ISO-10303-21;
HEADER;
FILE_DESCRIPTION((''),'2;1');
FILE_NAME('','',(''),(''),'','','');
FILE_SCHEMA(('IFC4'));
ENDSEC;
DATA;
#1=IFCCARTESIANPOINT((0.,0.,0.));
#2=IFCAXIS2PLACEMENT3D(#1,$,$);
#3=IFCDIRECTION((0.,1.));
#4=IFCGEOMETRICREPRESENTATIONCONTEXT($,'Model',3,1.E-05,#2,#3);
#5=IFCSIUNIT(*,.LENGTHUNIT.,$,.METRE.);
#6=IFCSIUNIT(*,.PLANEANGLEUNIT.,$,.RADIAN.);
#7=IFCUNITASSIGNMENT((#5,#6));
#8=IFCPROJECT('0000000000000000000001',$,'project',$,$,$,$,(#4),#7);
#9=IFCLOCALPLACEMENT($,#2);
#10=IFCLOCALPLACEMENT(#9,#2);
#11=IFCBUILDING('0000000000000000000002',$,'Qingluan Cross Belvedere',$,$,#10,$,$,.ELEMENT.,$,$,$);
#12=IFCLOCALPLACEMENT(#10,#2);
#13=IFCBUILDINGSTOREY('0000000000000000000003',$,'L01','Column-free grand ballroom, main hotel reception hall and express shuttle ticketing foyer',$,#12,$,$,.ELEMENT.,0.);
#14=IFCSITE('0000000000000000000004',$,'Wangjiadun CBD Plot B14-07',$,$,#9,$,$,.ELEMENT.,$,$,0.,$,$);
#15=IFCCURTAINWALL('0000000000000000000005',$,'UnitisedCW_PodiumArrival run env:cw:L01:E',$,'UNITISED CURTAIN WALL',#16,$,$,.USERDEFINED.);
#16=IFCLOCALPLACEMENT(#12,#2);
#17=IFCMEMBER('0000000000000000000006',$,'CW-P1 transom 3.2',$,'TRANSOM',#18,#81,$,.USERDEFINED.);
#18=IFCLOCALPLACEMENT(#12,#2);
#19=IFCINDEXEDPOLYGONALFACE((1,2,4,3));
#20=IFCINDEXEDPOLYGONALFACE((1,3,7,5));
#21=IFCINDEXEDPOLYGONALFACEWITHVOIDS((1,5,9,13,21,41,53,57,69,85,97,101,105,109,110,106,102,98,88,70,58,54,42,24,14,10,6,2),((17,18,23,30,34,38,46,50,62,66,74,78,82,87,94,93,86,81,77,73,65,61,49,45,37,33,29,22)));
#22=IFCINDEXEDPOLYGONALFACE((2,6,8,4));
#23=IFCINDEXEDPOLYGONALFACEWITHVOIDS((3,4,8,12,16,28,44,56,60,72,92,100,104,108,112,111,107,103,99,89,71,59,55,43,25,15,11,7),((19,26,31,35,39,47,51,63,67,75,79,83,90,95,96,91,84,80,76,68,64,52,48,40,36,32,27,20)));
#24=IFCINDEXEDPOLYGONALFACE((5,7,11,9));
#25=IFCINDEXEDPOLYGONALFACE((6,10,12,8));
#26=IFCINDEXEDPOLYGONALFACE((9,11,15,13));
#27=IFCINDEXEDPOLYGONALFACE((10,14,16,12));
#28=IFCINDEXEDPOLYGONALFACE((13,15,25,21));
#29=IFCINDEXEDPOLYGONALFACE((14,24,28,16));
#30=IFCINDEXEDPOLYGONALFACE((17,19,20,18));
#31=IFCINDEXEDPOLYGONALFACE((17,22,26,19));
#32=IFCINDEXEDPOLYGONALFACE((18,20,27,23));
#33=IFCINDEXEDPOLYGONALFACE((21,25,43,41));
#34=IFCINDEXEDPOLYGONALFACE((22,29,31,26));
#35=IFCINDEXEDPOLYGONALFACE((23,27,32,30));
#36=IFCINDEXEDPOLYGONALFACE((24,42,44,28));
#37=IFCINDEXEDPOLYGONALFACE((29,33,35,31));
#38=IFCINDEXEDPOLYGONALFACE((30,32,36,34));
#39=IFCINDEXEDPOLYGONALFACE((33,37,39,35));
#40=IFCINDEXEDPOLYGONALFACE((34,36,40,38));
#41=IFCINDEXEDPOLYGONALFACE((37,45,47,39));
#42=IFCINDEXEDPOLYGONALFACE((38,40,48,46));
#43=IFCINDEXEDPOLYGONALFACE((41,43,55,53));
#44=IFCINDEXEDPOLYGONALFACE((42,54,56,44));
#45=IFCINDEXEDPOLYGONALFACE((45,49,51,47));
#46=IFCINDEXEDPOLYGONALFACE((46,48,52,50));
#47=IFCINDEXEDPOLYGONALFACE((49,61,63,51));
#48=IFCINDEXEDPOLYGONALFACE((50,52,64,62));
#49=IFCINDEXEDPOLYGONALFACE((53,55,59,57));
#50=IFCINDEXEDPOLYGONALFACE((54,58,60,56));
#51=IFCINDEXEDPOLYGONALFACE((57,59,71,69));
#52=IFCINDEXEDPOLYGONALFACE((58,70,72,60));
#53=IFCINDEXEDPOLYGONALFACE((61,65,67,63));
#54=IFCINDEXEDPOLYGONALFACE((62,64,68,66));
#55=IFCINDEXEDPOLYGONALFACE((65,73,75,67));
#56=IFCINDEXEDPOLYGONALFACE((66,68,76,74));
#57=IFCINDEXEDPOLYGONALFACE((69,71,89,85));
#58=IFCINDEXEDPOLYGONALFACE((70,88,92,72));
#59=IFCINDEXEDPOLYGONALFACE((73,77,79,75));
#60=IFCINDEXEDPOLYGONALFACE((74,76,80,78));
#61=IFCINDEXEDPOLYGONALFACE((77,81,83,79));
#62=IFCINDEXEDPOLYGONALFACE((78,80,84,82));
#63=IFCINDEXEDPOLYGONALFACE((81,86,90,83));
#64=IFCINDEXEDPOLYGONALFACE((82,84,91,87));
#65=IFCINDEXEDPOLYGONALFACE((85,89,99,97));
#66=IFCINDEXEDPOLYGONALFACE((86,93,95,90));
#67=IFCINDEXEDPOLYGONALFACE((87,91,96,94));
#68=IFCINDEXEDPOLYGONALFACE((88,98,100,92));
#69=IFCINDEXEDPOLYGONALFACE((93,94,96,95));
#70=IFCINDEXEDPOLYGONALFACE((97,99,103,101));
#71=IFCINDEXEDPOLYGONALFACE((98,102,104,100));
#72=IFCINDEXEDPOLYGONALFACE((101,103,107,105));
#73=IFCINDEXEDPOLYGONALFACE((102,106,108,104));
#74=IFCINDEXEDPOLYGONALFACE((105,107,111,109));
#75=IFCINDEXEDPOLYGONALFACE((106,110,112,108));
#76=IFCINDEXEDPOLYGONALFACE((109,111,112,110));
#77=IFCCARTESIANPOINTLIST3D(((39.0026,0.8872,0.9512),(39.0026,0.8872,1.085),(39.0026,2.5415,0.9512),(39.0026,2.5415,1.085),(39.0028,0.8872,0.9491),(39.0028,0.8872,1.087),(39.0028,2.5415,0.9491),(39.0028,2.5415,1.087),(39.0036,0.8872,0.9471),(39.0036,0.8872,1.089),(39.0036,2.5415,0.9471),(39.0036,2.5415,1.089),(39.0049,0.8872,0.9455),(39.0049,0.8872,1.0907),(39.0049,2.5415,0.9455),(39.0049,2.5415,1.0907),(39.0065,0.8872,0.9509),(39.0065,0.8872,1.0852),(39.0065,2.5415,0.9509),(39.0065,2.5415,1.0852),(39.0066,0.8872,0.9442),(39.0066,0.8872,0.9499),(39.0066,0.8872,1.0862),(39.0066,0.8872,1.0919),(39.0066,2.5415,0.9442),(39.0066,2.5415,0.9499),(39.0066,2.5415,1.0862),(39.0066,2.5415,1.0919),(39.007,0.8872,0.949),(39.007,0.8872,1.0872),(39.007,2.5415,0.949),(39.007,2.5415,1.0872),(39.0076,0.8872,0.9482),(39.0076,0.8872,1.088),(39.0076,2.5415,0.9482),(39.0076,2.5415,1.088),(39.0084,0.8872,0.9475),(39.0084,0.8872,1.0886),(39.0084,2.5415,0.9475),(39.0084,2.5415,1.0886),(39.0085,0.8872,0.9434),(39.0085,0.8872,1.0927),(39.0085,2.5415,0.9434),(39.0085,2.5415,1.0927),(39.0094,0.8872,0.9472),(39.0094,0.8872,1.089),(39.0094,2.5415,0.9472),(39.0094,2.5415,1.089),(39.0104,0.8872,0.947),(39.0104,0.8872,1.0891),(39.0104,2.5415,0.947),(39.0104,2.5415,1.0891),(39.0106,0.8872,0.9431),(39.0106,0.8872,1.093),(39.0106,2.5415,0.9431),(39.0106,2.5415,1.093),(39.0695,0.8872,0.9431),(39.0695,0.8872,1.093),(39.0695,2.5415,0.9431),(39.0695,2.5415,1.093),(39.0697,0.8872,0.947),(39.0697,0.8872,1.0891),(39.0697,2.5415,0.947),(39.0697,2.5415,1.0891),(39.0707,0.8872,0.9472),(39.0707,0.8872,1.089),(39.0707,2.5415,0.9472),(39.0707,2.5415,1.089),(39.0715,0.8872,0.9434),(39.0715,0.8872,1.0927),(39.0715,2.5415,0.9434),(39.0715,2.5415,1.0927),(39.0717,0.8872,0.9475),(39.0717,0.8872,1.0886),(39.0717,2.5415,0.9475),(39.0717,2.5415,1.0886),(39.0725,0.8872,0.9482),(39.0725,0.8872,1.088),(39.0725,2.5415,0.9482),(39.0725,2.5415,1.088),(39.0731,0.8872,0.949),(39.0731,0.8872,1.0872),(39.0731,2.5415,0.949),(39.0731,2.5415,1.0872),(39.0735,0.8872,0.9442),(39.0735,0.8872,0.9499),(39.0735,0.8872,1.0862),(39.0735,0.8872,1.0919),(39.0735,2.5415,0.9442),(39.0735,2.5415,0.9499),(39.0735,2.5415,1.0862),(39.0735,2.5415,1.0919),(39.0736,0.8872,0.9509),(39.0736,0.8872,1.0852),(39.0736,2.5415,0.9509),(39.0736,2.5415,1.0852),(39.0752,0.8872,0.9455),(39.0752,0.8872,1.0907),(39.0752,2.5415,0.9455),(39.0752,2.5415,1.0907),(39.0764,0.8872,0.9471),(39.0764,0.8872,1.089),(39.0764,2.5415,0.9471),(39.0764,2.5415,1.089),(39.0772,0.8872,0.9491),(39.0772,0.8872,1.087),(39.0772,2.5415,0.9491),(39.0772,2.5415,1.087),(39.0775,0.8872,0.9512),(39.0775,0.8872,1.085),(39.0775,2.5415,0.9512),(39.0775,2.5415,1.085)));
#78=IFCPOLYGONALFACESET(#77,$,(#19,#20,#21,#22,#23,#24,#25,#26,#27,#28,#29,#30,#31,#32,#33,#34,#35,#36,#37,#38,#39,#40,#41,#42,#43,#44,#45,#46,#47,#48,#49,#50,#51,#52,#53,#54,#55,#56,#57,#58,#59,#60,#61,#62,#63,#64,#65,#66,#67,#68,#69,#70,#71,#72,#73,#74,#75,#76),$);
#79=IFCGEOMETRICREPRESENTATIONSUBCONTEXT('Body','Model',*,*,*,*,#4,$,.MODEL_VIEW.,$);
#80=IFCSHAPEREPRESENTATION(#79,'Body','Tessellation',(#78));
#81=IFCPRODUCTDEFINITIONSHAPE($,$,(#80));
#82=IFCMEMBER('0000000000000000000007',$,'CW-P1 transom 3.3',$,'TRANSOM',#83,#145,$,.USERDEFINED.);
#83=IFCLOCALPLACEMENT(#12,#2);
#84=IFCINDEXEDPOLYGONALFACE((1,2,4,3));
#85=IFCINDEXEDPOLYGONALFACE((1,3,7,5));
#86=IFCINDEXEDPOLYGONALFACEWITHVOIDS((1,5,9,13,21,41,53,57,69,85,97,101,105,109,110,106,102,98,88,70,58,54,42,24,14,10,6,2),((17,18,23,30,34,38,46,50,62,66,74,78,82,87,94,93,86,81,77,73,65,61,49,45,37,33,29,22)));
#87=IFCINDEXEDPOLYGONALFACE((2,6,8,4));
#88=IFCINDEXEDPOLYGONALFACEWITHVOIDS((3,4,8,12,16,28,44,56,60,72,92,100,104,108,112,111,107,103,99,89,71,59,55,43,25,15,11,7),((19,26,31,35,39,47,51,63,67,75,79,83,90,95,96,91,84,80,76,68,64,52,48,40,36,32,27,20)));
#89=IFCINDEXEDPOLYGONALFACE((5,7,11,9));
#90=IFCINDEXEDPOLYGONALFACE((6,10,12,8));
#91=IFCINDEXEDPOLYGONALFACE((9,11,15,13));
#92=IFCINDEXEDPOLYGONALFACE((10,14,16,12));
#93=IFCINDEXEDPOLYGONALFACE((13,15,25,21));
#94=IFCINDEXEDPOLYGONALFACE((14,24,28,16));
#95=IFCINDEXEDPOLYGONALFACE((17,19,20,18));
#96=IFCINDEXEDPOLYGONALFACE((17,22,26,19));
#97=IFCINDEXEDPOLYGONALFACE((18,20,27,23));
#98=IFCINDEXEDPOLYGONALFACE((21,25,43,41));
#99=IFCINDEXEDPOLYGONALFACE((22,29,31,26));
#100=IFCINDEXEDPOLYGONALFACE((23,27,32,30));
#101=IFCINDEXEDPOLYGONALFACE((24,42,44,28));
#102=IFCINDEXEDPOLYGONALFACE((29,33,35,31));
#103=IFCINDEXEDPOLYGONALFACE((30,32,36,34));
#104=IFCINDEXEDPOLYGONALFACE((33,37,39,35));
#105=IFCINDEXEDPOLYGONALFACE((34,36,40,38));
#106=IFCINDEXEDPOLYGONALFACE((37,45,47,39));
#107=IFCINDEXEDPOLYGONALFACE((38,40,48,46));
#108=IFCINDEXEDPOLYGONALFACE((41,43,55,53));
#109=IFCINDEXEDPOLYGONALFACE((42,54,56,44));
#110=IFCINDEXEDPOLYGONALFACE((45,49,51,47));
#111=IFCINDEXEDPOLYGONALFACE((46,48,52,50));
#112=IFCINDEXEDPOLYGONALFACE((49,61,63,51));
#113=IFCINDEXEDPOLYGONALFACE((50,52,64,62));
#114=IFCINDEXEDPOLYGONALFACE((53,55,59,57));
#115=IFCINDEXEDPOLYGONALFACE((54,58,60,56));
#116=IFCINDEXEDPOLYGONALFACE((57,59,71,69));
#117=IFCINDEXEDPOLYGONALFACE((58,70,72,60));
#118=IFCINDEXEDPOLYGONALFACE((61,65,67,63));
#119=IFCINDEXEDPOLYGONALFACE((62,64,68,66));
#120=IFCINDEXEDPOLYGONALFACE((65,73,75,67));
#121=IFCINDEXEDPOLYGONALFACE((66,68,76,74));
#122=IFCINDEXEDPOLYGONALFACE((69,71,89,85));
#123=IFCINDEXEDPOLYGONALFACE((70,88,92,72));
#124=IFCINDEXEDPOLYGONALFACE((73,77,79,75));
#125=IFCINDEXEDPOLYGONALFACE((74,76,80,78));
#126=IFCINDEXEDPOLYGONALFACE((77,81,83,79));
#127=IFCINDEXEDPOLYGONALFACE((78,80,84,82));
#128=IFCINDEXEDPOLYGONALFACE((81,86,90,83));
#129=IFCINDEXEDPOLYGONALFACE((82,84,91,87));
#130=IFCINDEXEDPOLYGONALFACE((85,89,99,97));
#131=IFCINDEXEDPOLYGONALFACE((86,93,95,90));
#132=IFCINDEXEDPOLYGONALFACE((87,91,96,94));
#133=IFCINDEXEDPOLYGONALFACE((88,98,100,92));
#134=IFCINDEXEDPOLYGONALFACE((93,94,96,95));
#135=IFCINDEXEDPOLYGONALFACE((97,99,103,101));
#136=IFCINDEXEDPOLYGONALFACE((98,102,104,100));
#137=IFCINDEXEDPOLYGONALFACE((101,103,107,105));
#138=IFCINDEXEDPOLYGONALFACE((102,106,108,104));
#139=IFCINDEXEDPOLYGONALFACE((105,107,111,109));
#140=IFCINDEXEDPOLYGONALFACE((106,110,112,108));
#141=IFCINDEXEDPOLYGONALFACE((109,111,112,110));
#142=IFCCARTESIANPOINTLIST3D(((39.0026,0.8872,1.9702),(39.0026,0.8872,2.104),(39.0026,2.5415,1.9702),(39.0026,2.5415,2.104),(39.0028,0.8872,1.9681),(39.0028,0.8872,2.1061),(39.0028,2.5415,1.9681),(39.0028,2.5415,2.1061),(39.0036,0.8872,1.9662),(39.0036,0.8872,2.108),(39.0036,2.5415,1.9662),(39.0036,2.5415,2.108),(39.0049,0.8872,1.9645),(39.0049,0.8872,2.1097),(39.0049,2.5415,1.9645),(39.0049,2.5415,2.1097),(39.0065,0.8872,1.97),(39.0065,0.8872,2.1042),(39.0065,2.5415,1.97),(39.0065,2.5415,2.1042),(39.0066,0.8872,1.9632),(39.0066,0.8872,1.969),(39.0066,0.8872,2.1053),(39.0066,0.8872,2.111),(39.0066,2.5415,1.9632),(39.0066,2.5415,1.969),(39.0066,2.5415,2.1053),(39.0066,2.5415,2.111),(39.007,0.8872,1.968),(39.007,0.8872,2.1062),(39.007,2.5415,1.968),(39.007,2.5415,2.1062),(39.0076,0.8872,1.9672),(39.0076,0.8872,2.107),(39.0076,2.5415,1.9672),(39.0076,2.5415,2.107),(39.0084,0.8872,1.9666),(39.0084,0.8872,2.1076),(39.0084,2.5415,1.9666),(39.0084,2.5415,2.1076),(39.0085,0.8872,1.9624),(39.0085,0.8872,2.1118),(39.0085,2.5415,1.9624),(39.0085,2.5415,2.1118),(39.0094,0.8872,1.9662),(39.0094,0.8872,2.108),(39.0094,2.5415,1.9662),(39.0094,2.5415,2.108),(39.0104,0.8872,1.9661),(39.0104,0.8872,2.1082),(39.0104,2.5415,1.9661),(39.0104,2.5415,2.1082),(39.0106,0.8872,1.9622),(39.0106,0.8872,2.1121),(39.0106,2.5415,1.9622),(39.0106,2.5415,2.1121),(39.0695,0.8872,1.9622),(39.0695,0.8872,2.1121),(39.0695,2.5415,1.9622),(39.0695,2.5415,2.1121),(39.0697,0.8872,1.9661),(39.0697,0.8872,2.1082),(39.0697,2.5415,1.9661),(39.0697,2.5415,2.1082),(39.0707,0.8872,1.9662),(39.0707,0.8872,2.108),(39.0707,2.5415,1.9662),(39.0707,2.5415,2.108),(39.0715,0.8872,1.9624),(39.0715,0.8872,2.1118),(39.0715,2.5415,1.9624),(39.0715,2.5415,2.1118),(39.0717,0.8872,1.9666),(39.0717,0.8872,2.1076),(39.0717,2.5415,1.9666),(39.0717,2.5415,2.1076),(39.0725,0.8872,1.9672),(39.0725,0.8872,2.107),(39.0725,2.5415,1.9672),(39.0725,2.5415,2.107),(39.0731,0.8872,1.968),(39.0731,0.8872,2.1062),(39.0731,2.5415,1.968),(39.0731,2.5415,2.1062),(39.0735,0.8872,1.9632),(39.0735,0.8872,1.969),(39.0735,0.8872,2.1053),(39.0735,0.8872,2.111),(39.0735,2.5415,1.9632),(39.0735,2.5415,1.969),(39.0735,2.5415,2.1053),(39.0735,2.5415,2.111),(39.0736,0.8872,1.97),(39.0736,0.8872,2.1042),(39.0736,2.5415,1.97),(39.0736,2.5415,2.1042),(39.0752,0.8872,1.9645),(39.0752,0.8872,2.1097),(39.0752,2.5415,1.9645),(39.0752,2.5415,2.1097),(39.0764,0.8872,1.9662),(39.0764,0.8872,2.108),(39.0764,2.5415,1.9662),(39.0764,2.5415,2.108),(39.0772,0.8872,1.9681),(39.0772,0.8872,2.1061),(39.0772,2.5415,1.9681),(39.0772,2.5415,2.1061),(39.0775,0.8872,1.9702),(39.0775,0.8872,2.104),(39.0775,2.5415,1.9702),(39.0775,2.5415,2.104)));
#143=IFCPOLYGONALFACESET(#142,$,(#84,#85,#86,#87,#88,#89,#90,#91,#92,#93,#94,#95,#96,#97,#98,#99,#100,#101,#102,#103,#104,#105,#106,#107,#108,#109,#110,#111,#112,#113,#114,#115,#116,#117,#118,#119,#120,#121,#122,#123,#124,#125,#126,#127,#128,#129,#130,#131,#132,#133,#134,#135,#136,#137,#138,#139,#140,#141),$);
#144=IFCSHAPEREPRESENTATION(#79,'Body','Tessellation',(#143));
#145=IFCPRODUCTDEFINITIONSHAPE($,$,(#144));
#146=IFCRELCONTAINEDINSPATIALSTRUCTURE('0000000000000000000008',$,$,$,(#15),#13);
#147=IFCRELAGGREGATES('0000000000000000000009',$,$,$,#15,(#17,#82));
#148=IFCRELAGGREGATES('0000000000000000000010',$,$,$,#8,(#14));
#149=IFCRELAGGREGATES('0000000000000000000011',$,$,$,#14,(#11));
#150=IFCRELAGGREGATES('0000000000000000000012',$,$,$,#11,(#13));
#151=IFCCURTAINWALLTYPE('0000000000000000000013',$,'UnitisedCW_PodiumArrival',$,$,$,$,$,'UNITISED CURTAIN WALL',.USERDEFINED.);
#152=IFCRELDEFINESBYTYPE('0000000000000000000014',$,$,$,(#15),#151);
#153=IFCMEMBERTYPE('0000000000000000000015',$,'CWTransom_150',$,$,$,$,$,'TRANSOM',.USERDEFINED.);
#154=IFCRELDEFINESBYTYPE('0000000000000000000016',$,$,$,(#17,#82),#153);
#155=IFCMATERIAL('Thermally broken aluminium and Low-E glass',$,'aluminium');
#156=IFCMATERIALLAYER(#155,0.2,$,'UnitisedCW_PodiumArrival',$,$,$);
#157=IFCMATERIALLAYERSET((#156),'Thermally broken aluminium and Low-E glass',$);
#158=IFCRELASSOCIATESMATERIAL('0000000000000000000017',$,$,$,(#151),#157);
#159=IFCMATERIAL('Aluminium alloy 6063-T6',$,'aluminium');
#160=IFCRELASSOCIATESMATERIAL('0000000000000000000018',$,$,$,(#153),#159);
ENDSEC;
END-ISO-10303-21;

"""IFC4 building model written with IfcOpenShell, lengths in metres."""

from ifc_helpers import new_model, si_unit, direction, frame, origin, origin_2d, place, context, subcontext, project, spatial, hollow_rectangle, extrude, material, layer, layer_set, material_profile, profile_set, type_object, element, aggregate, save


model = new_model("IFC4")

# Units and contexts
model_context = context("Model", 3, precision=1e-05, world=origin(), true_north=direction((0.0, 1.0)))
body_context = subcontext(model_context, "Body", "Model", "MODEL_VIEW")
ifc_project = project(units=[si_unit("LENGTHUNIT", "METRE"), si_unit("PLANEANGLEUNIT", "RADIAN")], contexts=[model_context])

# Site, building, storey
site_placement = place(None, origin())
site = spatial("IfcSite", under=ifc_project, at=site_placement, Name="Wangjiadun CBD Plot B14-07", CompositionType="ELEMENT", RefElevation=0.0)
building_placement = place(site_placement, origin())
building = spatial("IfcBuilding", under=site, at=building_placement, Name="Qingluan Cross Belvedere", CompositionType="ELEMENT")
storey_placement = place(building_placement, origin())
storey = spatial("IfcBuildingStorey", under=building, at=storey_placement, Name="L01", Description="Column-free grand ballroom, main hotel reception hall and express shuttle ticketing foyer", CompositionType="ELEMENT", Elevation=0.0)

# Curtain wall, members
ifc_material_1 = material(Name="Thermally broken aluminium and Low-E glass", Category="aluminium")
ifc_layer_1 = layer(ifc_material_1, 0.2, Name="UnitisedCW_PodiumArrival")
ifc_layer_set_1 = layer_set([ifc_layer_1], Name="Thermally broken aluminium and Low-E glass")
curtain_wall_type = type_object("IfcCurtainWallType", Name="UnitisedCW_PodiumArrival", ElementType="UNITISED CURTAIN WALL", PredefinedType="USERDEFINED", material=ifc_layer_set_1)
curtain_wall_placement = place(storey_placement, origin())
curtain_wall = element("IfcCurtainWall", 1, at=curtain_wall_placement, inside=storey, type_object=curtain_wall_type, Name="UnitisedCW_PodiumArrival run env:cw:L01:E", ObjectType="UNITISED CURTAIN WALL", PredefinedType="USERDEFINED")
ifc_material_2 = material(Name="Aluminium alloy 6063-T6", Category="aluminium")
ifc_material_profile_1 = material_profile(ifc_material_2, hollow_rectangle(XDim=0.075, YDim=0.1499, WallThickness=0.0039, InnerFilletRadius=0.0039, OuterFilletRadius=0.0081, at=origin_2d()), Name="CWT150x75x4")
ifc_profile_set_1 = profile_set([ifc_material_profile_1], Name="Aluminium alloy 6063-T6")
member_type_1 = type_object("IfcMemberType", Name="CWTransom_150", ElementType="TRANSOM", PredefinedType="USERDEFINED", material=ifc_profile_set_1)
member_1_placement = place(storey_placement, frame((39.04, 2.5415, 1.0181), z_axis=(0.0, -1.0, 0.0), x_axis=(1.0, 0.0, 0.0)))
member_1 = element("IfcMember", 2, at=member_1_placement, type_object=member_type_1, Name="CW-P1 transom 3.2", ObjectType="TRANSOM", PredefinedType="USERDEFINED", context=body_context, shape_type="SweptSolid", body=[
    extrude(hollow_rectangle(XDim=0.075, YDim=0.1499, WallThickness=0.0039, InnerFilletRadius=0.0039, OuterFilletRadius=0.0081, at=origin_2d()), origin(), (0.0, 0.0, 1.0), 1.6543),
])
member_2_placement = place(storey_placement, frame((39.04, 2.5415, 2.0371), z_axis=(0.0, -1.0, 0.0), x_axis=(1.0, 0.0, 0.0)))
member_2 = element("IfcMember", 3, at=member_2_placement, type_object=member_type_1, Name="CW-P1 transom 3.3", ObjectType="TRANSOM", PredefinedType="USERDEFINED", context=body_context, shape_type="SweptSolid", body=[
    extrude(hollow_rectangle(XDim=0.075, YDim=0.1499, WallThickness=0.0039, InnerFilletRadius=0.0039, OuterFilletRadius=0.0081, at=origin_2d()), origin(), (0.0, 0.0, 1.0), 1.6543),
])
aggregate(curtain_wall, [member_1, member_2])

save(model, "model.ifc")
